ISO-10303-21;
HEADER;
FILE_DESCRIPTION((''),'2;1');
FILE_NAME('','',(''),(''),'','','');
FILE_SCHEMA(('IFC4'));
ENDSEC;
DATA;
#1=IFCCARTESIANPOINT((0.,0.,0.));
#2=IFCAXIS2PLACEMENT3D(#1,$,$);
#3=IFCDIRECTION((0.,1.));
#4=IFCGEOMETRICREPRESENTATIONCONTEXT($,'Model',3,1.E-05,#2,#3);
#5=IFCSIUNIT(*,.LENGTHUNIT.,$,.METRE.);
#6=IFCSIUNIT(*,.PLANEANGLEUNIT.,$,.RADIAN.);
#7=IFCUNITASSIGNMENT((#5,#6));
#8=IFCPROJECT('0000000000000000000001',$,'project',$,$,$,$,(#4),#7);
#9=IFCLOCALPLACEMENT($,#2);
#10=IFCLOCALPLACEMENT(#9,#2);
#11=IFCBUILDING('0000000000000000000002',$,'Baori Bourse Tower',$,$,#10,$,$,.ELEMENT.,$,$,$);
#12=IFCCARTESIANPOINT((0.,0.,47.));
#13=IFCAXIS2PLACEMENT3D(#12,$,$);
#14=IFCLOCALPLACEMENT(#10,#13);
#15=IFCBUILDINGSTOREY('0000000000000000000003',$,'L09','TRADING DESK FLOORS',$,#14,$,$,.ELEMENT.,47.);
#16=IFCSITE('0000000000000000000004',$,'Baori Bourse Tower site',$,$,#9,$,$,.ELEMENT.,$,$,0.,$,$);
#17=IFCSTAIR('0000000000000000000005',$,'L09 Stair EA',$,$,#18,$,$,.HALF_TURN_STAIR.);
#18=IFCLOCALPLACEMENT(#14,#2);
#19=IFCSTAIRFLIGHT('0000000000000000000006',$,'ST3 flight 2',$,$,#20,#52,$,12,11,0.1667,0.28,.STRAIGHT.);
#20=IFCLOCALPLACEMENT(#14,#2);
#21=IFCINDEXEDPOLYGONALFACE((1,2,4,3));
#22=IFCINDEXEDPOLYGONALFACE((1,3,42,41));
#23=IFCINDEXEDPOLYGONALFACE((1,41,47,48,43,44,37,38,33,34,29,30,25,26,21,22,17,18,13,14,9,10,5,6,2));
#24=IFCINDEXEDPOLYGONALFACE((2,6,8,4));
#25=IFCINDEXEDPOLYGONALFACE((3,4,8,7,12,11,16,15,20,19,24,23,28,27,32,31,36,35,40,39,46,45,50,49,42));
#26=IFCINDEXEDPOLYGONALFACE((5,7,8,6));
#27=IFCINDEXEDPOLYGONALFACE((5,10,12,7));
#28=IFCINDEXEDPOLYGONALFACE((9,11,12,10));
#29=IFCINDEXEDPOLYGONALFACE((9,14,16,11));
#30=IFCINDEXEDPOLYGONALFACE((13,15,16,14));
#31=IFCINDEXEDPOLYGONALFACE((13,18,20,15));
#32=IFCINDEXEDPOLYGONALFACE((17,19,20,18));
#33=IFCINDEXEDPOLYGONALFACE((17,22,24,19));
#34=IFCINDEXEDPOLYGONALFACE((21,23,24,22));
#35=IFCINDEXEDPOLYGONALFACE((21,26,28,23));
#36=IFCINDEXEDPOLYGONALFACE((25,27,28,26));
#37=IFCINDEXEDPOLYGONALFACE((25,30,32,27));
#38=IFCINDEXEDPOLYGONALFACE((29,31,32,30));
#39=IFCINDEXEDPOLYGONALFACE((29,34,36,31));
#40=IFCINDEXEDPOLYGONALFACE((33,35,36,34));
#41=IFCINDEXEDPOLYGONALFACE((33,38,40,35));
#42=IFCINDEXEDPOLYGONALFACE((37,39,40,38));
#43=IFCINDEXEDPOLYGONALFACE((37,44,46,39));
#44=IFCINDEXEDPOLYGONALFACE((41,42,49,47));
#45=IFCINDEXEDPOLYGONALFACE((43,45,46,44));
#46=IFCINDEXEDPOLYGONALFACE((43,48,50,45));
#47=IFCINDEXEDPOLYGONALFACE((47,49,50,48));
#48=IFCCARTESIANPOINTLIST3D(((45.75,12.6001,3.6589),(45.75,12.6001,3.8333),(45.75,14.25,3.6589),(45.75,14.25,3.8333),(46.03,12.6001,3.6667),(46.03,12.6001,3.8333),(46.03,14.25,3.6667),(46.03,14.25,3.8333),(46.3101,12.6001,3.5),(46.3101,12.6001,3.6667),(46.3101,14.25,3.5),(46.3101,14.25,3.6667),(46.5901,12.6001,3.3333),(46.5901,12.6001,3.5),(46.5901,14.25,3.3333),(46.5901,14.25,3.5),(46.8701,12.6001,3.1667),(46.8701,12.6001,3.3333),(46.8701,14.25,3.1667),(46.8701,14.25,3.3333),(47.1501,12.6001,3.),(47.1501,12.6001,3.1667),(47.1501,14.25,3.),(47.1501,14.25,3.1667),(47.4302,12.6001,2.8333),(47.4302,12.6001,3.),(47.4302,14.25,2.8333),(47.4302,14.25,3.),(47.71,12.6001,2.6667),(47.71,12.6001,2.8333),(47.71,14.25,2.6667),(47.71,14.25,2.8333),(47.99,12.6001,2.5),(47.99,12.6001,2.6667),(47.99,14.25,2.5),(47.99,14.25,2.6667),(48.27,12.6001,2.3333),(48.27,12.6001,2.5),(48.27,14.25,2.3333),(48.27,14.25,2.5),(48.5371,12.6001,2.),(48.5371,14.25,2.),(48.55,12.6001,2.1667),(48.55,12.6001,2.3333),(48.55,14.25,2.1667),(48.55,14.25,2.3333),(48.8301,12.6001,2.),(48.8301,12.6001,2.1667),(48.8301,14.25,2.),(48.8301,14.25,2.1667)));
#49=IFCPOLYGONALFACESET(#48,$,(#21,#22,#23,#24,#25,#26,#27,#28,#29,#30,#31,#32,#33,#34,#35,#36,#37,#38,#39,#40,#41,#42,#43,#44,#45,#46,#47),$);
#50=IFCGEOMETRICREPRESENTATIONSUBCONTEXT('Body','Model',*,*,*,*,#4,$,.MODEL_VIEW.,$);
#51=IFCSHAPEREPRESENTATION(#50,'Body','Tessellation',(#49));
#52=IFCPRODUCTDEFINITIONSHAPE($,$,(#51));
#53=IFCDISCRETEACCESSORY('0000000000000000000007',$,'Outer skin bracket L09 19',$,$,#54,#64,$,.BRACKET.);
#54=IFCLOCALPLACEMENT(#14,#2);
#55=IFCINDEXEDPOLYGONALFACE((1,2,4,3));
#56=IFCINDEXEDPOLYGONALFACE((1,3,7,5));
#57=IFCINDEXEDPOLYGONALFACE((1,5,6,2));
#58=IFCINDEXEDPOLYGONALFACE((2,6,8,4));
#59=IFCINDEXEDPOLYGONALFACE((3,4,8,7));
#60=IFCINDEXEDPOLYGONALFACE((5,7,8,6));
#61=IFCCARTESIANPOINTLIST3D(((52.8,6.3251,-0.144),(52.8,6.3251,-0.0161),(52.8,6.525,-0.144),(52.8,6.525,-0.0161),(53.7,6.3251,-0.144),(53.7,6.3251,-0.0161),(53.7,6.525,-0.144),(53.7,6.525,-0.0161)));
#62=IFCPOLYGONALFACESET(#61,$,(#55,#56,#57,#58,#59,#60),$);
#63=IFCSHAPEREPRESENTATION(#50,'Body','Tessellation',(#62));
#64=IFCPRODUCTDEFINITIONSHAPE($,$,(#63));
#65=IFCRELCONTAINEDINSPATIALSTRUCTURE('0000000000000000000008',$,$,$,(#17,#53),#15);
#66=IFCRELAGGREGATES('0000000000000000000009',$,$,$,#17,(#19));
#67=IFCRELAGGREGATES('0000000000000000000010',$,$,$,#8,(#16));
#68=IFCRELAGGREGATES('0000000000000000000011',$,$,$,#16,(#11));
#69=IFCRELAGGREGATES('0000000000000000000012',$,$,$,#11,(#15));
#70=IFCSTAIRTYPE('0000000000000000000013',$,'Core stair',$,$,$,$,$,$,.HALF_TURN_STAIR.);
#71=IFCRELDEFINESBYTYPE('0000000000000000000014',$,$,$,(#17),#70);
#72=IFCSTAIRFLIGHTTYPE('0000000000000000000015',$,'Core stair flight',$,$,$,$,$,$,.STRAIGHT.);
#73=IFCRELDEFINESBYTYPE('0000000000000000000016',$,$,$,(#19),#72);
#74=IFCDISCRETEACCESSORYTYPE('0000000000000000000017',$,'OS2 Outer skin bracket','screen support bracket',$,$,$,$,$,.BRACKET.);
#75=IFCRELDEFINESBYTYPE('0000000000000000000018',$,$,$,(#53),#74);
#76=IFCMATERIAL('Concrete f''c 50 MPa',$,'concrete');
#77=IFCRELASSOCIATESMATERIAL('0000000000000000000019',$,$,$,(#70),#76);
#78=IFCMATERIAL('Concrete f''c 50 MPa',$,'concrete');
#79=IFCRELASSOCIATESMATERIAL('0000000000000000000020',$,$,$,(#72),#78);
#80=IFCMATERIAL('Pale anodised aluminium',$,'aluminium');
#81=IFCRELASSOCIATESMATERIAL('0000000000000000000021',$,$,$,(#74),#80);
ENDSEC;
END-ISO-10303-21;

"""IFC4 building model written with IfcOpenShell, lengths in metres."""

from ifc_helpers import new_model, si_unit, direction, frame, origin, origin_2d, place, context, subcontext, project, spatial, polyline, rectangle, outline, extrude, material, type_object, element, aggregate, save


model = new_model("IFC4")

# Units and contexts
model_context = context("Model", 3, precision=1e-05, world=origin(), true_north=direction((0.0, 1.0)))
body_context = subcontext(model_context, "Body", "Model", "MODEL_VIEW")
ifc_project = project(units=[si_unit("LENGTHUNIT", "METRE"), si_unit("PLANEANGLEUNIT", "RADIAN")], contexts=[model_context])

# Site, building, storey
site_placement = place(None, origin())
site = spatial("IfcSite", under=ifc_project, at=site_placement, Name="Baori Bourse Tower site", CompositionType="ELEMENT", RefElevation=0.0)
building_placement = place(site_placement, origin())
building = spatial("IfcBuilding", under=site, at=building_placement, Name="Baori Bourse Tower", CompositionType="ELEMENT")
storey_placement = place(building_placement, frame((0.0, 0.0, 47.0)))
storey = spatial("IfcBuildingStorey", under=building, at=storey_placement, Name="L09", Description="TRADING DESK FLOORS", CompositionType="ELEMENT", Elevation=47.0)

# Stair, stair flight
ifc_material_1 = material(Name="Concrete f'c 50 MPa", Category="concrete")
stair_type = type_object("IfcStairType", Name="Core stair", PredefinedType="HALF_TURN_STAIR", material=ifc_material_1)
stair_placement = place(storey_placement, origin())
stair = element("IfcStair", 1, at=stair_placement, inside=storey, type_object=stair_type, Name="L09 Stair EA", PredefinedType="HALF_TURN_STAIR")
ifc_material_2 = material(Name="Concrete f'c 50 MPa", Category="concrete")
stair_flight_type = type_object("IfcStairFlightType", Name="Core stair flight", PredefinedType="STRAIGHT", material=ifc_material_2)
stair_flight_placement = place(storey_placement, frame((48.8301, 13.425, 2.0), z_axis=(0.0, 0.0, 1.0), x_axis=(-1.0, 0.0, 0.0)))
stair_flight = element("IfcStairFlight", 2, at=stair_flight_placement, type_object=stair_flight_type, Name="ST3 flight 2", NumberOfRisers=12, NumberOfTreads=11, PredefinedType="STRAIGHT", RiserHeight=0.1667, TreadLength=0.28, context=body_context, shape_type="SweptSolid", body=[
    extrude(outline(polyline([(0.0, 0.0), (0.0, 0.1667), (0.28, 0.1667), (0.28, 0.3333), (0.5601, 0.3333), (0.5601, 0.5), (0.8401, 0.5), (0.8401, 0.6667), (1.1201, 0.6667), (1.1201, 0.8333), (1.3999, 0.8333), (1.3999, 1.0), (1.6799, 1.0), (1.6799, 1.1667), (1.96, 1.1667), (1.96, 1.3333), (2.24, 1.3333), (2.24, 1.5), (2.52, 1.5), (2.52, 1.6667), (2.8, 1.6667), (2.8, 1.8333), (3.0801, 1.8333), (3.0801, 2.0), (3.0801, 1.6589), (0.293, 0.0), (0.0, 0.0)])), frame((0.0, 0.825, 0.0), z_axis=(0.0, -1.0, 0.0), x_axis=(1.0, 0.0, 0.0)), (0.0, 0.0, 1.0), 1.6499),
])
aggregate(stair, [stair_flight])

# Discrete accessory
ifc_material_3 = material(Name="Pale anodised aluminium", Category="aluminium")
discrete_accessory_type = type_object("IfcDiscreteAccessoryType", Name="OS2 Outer skin bracket", Description="screen support bracket", PredefinedType="BRACKET", material=ifc_material_3)
discrete_accessory_placement = place(storey_placement, frame((53.25, 6.425, -0.144), z_axis=(0.0, 0.0, 1.0), x_axis=(0.0, 1.0, 0.0)))
element("IfcDiscreteAccessory", 3, at=discrete_accessory_placement, inside=storey, type_object=discrete_accessory_type, Name="Outer skin bracket L09 19", PredefinedType="BRACKET", context=body_context, shape_type="SweptSolid", body=[
    extrude(rectangle(XDim=0.2, YDim=0.8999, at=origin_2d()), origin(), (0.0, 0.0, 1.0), 0.1279),
])

save(model, "model.ifc")
